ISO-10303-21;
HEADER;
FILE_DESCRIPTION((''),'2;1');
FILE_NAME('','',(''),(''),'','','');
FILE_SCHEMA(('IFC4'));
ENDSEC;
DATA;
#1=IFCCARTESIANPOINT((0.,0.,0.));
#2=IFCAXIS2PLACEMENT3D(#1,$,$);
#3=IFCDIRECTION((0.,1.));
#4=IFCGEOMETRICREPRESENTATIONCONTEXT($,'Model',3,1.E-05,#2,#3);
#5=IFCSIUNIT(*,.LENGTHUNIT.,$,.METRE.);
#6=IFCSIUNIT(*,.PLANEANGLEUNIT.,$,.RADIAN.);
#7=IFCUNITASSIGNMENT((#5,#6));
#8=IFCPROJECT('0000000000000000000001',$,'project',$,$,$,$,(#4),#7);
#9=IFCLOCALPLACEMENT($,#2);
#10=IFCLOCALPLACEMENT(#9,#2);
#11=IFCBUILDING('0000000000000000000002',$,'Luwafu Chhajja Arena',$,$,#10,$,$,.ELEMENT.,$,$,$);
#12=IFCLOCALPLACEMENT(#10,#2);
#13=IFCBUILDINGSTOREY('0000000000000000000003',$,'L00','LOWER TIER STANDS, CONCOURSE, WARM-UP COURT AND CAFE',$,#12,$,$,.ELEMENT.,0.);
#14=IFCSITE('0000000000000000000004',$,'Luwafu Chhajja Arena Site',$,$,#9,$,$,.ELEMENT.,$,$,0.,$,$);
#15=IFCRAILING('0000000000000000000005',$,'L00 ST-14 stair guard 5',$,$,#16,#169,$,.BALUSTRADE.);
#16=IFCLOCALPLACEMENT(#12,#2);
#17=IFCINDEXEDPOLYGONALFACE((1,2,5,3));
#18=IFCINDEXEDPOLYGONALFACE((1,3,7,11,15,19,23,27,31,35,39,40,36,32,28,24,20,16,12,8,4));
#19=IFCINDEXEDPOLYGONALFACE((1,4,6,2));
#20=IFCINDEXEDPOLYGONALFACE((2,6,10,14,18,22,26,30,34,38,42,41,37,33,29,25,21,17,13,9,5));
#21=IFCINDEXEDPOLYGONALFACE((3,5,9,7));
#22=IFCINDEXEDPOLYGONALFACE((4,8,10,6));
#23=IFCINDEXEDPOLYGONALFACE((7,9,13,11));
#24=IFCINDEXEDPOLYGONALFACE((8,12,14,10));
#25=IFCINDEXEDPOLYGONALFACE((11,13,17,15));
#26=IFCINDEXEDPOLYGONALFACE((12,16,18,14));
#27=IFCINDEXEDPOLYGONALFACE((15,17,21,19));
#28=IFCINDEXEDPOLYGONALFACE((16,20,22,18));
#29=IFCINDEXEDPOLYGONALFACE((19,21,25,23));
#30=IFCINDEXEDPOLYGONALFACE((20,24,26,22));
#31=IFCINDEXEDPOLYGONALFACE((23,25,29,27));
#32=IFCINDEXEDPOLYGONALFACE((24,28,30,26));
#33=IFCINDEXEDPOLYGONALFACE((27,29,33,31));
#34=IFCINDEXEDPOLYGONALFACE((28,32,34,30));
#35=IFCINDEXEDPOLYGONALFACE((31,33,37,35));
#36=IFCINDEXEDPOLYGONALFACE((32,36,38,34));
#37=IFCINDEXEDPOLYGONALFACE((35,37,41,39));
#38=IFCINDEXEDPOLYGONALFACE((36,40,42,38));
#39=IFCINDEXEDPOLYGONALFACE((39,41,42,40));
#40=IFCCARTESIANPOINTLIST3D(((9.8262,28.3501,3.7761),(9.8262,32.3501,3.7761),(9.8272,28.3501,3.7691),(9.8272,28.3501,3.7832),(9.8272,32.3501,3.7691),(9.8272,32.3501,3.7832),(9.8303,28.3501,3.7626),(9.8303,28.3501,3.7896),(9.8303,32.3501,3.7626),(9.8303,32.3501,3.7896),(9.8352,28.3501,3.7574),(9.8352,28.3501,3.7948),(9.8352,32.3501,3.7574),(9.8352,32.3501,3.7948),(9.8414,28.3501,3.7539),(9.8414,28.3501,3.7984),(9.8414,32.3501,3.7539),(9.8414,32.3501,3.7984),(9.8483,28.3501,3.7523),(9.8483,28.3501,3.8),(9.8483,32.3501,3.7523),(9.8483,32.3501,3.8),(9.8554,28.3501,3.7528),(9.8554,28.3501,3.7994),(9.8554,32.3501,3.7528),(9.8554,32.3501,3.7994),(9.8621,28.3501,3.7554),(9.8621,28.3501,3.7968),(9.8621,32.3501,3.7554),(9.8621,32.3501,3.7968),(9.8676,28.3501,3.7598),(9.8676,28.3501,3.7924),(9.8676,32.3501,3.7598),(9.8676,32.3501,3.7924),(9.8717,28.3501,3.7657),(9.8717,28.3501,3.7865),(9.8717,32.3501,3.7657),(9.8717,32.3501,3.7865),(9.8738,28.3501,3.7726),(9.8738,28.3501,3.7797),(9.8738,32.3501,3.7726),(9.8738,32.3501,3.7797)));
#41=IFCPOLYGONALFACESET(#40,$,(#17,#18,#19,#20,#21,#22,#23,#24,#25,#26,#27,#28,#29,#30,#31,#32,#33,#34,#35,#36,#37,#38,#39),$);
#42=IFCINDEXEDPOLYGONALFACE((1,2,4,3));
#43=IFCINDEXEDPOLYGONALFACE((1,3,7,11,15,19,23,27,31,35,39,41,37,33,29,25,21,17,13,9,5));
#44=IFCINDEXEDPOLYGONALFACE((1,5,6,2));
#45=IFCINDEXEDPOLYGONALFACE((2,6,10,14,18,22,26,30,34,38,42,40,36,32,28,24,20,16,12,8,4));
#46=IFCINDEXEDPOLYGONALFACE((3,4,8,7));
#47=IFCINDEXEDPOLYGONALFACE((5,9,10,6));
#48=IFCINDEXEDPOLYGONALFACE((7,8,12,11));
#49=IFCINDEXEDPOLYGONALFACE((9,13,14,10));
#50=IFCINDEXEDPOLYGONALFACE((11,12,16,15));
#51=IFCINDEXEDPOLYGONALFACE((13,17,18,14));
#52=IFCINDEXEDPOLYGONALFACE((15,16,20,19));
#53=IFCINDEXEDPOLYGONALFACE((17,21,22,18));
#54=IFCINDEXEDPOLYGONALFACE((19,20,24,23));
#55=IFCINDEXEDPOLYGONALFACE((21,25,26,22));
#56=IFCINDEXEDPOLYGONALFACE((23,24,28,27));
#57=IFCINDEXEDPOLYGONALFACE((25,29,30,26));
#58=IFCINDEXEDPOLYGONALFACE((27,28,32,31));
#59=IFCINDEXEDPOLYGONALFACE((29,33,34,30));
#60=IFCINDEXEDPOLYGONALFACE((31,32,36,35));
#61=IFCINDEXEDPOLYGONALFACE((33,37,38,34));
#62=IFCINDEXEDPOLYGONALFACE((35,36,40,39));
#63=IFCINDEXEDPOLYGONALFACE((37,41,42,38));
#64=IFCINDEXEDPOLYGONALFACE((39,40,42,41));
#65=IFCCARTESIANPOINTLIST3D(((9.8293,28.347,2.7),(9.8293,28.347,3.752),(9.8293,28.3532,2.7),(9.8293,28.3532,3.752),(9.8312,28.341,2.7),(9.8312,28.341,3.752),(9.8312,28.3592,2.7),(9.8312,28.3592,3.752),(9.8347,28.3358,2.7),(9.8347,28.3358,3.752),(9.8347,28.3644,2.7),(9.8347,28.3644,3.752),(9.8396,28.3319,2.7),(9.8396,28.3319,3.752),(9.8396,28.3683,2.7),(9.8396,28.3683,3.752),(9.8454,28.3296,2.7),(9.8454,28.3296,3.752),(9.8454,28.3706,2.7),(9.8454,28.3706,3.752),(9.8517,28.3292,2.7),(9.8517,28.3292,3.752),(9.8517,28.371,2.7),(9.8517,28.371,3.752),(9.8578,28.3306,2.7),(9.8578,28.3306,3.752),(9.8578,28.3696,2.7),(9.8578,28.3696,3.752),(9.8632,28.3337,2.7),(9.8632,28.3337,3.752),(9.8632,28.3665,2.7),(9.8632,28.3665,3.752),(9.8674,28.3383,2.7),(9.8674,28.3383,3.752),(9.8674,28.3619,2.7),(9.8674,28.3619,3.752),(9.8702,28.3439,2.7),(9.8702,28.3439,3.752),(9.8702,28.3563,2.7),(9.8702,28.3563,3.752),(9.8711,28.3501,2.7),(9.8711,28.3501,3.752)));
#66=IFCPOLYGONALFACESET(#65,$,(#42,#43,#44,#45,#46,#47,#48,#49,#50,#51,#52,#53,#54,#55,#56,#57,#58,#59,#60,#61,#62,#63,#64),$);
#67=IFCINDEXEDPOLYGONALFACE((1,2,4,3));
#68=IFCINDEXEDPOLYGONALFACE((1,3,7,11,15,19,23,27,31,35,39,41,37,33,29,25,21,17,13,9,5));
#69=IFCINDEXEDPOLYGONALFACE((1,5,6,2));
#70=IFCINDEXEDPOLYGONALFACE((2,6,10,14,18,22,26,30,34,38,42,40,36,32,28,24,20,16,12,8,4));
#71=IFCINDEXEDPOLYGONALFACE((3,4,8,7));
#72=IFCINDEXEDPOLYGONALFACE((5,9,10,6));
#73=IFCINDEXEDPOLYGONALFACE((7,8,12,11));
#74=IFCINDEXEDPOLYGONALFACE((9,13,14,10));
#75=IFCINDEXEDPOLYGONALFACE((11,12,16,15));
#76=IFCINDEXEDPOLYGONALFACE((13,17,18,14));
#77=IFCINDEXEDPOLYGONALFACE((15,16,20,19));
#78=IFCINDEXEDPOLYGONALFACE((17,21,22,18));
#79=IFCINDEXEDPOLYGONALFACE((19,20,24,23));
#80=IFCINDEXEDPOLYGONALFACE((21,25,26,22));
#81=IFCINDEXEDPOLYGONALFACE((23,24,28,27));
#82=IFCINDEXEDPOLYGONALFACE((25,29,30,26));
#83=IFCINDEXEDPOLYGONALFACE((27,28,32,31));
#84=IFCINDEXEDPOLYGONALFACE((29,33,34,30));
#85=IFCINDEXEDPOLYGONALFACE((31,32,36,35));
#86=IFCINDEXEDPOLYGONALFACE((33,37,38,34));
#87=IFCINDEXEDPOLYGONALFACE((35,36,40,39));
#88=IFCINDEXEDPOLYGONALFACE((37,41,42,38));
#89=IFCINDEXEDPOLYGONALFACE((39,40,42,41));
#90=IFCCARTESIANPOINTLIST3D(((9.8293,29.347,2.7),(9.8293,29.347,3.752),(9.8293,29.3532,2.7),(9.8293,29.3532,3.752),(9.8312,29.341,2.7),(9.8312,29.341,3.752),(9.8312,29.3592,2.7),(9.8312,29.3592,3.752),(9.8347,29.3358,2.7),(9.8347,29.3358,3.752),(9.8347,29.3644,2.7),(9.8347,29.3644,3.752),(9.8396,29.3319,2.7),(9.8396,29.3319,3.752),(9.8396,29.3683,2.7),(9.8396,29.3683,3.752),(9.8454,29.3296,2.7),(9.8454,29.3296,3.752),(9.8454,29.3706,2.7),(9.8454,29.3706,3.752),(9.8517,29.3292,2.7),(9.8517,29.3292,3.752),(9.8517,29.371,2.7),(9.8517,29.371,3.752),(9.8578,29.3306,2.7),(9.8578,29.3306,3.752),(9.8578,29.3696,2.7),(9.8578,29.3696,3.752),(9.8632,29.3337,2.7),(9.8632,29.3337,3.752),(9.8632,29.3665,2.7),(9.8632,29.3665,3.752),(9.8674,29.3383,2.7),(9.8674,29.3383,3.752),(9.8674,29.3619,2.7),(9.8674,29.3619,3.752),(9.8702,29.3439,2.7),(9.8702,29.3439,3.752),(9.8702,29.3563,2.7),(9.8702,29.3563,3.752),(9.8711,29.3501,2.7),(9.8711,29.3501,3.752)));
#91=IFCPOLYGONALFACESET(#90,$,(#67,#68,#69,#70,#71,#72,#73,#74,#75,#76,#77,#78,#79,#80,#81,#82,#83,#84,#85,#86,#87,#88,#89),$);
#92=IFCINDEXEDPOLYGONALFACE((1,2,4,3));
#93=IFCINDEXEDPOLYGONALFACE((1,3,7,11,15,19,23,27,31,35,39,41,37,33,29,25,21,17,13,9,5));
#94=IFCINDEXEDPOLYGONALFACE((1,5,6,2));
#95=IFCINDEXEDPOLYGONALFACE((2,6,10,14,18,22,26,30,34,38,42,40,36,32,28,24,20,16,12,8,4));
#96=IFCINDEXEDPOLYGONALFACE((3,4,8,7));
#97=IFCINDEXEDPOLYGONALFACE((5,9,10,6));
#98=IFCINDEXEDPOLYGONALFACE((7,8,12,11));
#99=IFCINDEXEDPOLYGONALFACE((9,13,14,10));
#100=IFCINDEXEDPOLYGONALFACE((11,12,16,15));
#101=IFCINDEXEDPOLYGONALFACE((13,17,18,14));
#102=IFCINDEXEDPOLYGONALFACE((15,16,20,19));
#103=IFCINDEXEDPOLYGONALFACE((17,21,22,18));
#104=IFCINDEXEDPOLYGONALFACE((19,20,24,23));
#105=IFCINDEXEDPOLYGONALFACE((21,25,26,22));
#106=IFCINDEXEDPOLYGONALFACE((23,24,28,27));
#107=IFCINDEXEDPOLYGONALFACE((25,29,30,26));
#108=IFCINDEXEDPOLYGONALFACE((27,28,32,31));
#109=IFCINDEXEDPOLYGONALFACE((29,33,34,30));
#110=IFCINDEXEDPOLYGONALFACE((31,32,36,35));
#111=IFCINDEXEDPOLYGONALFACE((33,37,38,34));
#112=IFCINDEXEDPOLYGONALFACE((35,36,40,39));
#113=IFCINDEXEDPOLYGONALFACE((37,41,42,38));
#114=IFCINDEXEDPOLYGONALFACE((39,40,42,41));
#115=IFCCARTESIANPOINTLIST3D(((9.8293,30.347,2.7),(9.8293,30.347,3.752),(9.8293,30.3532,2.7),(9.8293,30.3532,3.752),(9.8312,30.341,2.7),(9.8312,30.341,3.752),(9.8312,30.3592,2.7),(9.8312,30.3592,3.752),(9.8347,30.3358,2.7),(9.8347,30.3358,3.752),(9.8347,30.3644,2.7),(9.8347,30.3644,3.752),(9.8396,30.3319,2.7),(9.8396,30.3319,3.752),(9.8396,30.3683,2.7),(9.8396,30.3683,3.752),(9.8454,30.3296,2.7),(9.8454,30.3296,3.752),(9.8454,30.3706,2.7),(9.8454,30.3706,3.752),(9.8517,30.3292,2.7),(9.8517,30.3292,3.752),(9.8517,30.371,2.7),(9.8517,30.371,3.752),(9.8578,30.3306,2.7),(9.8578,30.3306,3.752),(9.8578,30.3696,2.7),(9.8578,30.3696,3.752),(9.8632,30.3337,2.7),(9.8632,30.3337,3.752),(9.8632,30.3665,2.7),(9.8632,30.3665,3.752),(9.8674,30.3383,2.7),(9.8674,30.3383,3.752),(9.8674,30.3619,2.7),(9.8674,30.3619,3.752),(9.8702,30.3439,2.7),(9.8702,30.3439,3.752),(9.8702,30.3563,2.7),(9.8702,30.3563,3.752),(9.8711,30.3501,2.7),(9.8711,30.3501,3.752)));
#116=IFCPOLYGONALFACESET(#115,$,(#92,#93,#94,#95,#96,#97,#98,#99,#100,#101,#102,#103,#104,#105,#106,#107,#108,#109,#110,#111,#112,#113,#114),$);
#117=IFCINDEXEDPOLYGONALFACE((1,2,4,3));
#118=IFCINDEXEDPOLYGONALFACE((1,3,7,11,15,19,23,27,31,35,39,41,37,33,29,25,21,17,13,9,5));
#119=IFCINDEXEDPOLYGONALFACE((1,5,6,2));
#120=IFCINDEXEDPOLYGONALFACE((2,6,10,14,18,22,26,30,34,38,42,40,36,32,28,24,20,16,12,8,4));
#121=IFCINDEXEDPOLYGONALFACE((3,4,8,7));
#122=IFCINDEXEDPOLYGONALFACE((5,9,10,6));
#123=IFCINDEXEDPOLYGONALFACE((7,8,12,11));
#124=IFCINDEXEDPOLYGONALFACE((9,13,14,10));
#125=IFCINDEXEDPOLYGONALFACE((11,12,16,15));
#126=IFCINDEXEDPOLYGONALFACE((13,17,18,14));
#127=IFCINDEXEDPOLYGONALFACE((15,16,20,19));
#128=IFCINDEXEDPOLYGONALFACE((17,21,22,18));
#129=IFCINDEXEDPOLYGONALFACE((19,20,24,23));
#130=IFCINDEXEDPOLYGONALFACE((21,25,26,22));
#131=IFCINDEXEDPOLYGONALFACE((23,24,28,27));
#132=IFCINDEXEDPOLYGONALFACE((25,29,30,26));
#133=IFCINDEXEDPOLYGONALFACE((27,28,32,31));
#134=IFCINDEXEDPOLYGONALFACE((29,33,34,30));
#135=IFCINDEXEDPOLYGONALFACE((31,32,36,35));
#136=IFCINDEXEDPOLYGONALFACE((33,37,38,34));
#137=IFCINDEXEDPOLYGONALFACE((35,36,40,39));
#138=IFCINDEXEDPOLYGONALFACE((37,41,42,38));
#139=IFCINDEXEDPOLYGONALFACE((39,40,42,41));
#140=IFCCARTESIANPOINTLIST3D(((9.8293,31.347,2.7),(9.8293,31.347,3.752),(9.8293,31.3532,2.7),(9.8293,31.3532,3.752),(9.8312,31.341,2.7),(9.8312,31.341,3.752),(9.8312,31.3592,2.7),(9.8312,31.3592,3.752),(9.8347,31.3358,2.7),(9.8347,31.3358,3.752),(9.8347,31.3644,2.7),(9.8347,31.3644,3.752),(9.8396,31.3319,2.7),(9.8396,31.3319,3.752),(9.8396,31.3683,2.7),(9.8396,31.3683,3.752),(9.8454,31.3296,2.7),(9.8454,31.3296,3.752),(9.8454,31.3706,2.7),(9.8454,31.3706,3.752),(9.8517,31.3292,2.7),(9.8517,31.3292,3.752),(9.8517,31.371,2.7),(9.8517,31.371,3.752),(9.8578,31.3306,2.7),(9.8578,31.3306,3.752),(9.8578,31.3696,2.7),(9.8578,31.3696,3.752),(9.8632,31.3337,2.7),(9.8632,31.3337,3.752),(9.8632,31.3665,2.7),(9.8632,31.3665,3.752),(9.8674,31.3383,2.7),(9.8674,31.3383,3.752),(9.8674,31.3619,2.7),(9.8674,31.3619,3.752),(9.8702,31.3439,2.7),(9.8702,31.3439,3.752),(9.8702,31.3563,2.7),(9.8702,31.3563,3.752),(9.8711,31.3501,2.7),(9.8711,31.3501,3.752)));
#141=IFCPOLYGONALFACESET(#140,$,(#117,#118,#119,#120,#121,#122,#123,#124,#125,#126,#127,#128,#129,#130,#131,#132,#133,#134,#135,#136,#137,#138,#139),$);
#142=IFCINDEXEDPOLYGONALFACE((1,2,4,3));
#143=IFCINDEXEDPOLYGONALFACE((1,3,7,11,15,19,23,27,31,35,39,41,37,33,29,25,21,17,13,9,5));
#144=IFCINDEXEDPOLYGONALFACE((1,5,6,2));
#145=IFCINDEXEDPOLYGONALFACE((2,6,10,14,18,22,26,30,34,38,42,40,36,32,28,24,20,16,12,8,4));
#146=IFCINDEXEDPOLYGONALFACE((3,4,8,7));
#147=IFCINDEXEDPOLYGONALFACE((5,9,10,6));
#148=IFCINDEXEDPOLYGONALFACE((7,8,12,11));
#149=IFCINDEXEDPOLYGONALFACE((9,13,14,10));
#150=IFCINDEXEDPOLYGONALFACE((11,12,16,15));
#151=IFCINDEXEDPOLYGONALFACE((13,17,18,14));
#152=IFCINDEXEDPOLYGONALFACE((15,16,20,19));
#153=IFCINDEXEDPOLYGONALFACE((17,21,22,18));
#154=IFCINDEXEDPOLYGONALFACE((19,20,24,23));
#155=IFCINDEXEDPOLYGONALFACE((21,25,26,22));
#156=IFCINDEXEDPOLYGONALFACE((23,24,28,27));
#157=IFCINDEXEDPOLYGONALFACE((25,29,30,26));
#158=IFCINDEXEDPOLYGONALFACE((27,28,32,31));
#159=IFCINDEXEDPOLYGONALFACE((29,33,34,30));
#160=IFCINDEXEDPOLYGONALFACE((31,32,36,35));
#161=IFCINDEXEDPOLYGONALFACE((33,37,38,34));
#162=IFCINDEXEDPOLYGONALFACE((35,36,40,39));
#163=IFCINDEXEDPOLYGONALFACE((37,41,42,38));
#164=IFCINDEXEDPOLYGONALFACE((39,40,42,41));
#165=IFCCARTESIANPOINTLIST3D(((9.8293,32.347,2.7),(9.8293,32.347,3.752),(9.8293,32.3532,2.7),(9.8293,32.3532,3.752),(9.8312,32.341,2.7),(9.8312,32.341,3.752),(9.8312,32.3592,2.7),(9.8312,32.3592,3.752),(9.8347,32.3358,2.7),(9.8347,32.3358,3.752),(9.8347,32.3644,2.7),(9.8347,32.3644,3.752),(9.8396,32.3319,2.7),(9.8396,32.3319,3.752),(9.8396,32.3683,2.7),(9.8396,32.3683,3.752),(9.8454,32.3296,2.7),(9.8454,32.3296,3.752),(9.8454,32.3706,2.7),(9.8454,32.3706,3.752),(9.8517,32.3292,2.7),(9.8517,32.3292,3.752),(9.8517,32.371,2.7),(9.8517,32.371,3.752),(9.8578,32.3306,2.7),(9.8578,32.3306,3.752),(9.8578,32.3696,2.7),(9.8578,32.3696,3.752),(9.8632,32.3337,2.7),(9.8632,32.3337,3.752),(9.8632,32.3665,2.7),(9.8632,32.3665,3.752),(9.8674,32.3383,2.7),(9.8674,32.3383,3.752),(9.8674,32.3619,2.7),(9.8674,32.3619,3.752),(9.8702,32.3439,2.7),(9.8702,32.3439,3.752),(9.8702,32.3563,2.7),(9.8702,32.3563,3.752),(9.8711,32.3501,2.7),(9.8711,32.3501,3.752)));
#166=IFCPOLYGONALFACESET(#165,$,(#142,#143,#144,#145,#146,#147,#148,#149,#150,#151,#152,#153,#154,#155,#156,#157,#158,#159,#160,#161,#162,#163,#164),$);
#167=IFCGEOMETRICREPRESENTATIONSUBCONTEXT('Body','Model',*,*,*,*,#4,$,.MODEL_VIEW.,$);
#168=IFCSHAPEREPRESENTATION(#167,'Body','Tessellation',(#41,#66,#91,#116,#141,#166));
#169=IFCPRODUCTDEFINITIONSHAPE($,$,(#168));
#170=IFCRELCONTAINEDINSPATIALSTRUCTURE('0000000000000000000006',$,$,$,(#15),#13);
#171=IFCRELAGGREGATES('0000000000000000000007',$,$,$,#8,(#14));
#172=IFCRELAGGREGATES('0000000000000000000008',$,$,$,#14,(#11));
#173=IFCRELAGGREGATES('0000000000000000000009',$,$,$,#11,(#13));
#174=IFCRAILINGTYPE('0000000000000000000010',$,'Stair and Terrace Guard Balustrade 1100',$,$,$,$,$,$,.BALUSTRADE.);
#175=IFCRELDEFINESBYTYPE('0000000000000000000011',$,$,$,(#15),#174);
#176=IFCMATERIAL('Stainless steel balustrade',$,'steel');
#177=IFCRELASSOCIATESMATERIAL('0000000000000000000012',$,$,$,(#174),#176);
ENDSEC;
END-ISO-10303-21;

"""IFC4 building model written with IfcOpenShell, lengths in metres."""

from ifc_helpers import new_model, si_unit, direction, frame, origin, origin_2d, place, context, subcontext, project, spatial, circle, extrude, material, type_object, element, save


model = new_model("IFC4")

# Units and contexts
model_context = context("Model", 3, precision=1e-05, world=origin(), true_north=direction((0.0, 1.0)))
body_context = subcontext(model_context, "Body", "Model", "MODEL_VIEW")
ifc_project = project(units=[si_unit("LENGTHUNIT", "METRE"), si_unit("PLANEANGLEUNIT", "RADIAN")], contexts=[model_context])

# Site, building, storey
site_placement = place(None, origin())
site = spatial("IfcSite", under=ifc_project, at=site_placement, Name="Luwafu Chhajja Arena Site", CompositionType="ELEMENT", RefElevation=0.0)
building_placement = place(site_placement, origin())
building = spatial("IfcBuilding", under=site, at=building_placement, Name="Luwafu Chhajja Arena", CompositionType="ELEMENT")
storey_placement = place(building_placement, origin())
storey = spatial("IfcBuildingStorey", under=building, at=storey_placement, Name="L00", Description="LOWER TIER STANDS, CONCOURSE, WARM-UP COURT AND CAFE", CompositionType="ELEMENT", Elevation=0.0)

# Railing
ifc_material_1 = material(Name="Stainless steel balustrade", Category="steel")
railing_type_1 = type_object("IfcRailingType", Name="Stair and Terrace Guard Balustrade 1100", PredefinedType="BALUSTRADE", material=ifc_material_1)
railing_1_placement = place(storey_placement, frame((9.8501, 28.3501, 2.7)))
element("IfcRailing", 1, at=railing_1_placement, inside=storey, type_object=railing_type_1, Name="L00 ST-14 stair guard 5", PredefinedType="BALUSTRADE", context=body_context, shape_type="SweptSolid", body=[
    extrude(circle(Radius=0.0239, at=origin_2d()), frame((0.0, 0.0, 1.0762), z_axis=(0.0, 1.0, 0.0), x_axis=(-1.0, 0.0, 0.0)), (0.0, 0.0, 1.0), 4.0),
    extrude(circle(Radius=0.021, at=origin_2d()), origin(), (0.0, 0.0, 1.0), 1.052),
    extrude(circle(Radius=0.021, at=origin_2d()), frame((0.0, 1.0, 0.0)), (0.0, 0.0, 1.0), 1.052),
    extrude(circle(Radius=0.021, at=origin_2d()), frame((0.0, 2.0, 0.0)), (0.0, 0.0, 1.0), 1.052),
    extrude(circle(Radius=0.021, at=origin_2d()), frame((0.0, 3.0, 0.0)), (0.0, 0.0, 1.0), 1.052),
    extrude(circle(Radius=0.021, at=origin_2d()), frame((0.0, 4.0, 0.0)), (0.0, 0.0, 1.0), 1.052),
])

save(model, "model.ifc")
